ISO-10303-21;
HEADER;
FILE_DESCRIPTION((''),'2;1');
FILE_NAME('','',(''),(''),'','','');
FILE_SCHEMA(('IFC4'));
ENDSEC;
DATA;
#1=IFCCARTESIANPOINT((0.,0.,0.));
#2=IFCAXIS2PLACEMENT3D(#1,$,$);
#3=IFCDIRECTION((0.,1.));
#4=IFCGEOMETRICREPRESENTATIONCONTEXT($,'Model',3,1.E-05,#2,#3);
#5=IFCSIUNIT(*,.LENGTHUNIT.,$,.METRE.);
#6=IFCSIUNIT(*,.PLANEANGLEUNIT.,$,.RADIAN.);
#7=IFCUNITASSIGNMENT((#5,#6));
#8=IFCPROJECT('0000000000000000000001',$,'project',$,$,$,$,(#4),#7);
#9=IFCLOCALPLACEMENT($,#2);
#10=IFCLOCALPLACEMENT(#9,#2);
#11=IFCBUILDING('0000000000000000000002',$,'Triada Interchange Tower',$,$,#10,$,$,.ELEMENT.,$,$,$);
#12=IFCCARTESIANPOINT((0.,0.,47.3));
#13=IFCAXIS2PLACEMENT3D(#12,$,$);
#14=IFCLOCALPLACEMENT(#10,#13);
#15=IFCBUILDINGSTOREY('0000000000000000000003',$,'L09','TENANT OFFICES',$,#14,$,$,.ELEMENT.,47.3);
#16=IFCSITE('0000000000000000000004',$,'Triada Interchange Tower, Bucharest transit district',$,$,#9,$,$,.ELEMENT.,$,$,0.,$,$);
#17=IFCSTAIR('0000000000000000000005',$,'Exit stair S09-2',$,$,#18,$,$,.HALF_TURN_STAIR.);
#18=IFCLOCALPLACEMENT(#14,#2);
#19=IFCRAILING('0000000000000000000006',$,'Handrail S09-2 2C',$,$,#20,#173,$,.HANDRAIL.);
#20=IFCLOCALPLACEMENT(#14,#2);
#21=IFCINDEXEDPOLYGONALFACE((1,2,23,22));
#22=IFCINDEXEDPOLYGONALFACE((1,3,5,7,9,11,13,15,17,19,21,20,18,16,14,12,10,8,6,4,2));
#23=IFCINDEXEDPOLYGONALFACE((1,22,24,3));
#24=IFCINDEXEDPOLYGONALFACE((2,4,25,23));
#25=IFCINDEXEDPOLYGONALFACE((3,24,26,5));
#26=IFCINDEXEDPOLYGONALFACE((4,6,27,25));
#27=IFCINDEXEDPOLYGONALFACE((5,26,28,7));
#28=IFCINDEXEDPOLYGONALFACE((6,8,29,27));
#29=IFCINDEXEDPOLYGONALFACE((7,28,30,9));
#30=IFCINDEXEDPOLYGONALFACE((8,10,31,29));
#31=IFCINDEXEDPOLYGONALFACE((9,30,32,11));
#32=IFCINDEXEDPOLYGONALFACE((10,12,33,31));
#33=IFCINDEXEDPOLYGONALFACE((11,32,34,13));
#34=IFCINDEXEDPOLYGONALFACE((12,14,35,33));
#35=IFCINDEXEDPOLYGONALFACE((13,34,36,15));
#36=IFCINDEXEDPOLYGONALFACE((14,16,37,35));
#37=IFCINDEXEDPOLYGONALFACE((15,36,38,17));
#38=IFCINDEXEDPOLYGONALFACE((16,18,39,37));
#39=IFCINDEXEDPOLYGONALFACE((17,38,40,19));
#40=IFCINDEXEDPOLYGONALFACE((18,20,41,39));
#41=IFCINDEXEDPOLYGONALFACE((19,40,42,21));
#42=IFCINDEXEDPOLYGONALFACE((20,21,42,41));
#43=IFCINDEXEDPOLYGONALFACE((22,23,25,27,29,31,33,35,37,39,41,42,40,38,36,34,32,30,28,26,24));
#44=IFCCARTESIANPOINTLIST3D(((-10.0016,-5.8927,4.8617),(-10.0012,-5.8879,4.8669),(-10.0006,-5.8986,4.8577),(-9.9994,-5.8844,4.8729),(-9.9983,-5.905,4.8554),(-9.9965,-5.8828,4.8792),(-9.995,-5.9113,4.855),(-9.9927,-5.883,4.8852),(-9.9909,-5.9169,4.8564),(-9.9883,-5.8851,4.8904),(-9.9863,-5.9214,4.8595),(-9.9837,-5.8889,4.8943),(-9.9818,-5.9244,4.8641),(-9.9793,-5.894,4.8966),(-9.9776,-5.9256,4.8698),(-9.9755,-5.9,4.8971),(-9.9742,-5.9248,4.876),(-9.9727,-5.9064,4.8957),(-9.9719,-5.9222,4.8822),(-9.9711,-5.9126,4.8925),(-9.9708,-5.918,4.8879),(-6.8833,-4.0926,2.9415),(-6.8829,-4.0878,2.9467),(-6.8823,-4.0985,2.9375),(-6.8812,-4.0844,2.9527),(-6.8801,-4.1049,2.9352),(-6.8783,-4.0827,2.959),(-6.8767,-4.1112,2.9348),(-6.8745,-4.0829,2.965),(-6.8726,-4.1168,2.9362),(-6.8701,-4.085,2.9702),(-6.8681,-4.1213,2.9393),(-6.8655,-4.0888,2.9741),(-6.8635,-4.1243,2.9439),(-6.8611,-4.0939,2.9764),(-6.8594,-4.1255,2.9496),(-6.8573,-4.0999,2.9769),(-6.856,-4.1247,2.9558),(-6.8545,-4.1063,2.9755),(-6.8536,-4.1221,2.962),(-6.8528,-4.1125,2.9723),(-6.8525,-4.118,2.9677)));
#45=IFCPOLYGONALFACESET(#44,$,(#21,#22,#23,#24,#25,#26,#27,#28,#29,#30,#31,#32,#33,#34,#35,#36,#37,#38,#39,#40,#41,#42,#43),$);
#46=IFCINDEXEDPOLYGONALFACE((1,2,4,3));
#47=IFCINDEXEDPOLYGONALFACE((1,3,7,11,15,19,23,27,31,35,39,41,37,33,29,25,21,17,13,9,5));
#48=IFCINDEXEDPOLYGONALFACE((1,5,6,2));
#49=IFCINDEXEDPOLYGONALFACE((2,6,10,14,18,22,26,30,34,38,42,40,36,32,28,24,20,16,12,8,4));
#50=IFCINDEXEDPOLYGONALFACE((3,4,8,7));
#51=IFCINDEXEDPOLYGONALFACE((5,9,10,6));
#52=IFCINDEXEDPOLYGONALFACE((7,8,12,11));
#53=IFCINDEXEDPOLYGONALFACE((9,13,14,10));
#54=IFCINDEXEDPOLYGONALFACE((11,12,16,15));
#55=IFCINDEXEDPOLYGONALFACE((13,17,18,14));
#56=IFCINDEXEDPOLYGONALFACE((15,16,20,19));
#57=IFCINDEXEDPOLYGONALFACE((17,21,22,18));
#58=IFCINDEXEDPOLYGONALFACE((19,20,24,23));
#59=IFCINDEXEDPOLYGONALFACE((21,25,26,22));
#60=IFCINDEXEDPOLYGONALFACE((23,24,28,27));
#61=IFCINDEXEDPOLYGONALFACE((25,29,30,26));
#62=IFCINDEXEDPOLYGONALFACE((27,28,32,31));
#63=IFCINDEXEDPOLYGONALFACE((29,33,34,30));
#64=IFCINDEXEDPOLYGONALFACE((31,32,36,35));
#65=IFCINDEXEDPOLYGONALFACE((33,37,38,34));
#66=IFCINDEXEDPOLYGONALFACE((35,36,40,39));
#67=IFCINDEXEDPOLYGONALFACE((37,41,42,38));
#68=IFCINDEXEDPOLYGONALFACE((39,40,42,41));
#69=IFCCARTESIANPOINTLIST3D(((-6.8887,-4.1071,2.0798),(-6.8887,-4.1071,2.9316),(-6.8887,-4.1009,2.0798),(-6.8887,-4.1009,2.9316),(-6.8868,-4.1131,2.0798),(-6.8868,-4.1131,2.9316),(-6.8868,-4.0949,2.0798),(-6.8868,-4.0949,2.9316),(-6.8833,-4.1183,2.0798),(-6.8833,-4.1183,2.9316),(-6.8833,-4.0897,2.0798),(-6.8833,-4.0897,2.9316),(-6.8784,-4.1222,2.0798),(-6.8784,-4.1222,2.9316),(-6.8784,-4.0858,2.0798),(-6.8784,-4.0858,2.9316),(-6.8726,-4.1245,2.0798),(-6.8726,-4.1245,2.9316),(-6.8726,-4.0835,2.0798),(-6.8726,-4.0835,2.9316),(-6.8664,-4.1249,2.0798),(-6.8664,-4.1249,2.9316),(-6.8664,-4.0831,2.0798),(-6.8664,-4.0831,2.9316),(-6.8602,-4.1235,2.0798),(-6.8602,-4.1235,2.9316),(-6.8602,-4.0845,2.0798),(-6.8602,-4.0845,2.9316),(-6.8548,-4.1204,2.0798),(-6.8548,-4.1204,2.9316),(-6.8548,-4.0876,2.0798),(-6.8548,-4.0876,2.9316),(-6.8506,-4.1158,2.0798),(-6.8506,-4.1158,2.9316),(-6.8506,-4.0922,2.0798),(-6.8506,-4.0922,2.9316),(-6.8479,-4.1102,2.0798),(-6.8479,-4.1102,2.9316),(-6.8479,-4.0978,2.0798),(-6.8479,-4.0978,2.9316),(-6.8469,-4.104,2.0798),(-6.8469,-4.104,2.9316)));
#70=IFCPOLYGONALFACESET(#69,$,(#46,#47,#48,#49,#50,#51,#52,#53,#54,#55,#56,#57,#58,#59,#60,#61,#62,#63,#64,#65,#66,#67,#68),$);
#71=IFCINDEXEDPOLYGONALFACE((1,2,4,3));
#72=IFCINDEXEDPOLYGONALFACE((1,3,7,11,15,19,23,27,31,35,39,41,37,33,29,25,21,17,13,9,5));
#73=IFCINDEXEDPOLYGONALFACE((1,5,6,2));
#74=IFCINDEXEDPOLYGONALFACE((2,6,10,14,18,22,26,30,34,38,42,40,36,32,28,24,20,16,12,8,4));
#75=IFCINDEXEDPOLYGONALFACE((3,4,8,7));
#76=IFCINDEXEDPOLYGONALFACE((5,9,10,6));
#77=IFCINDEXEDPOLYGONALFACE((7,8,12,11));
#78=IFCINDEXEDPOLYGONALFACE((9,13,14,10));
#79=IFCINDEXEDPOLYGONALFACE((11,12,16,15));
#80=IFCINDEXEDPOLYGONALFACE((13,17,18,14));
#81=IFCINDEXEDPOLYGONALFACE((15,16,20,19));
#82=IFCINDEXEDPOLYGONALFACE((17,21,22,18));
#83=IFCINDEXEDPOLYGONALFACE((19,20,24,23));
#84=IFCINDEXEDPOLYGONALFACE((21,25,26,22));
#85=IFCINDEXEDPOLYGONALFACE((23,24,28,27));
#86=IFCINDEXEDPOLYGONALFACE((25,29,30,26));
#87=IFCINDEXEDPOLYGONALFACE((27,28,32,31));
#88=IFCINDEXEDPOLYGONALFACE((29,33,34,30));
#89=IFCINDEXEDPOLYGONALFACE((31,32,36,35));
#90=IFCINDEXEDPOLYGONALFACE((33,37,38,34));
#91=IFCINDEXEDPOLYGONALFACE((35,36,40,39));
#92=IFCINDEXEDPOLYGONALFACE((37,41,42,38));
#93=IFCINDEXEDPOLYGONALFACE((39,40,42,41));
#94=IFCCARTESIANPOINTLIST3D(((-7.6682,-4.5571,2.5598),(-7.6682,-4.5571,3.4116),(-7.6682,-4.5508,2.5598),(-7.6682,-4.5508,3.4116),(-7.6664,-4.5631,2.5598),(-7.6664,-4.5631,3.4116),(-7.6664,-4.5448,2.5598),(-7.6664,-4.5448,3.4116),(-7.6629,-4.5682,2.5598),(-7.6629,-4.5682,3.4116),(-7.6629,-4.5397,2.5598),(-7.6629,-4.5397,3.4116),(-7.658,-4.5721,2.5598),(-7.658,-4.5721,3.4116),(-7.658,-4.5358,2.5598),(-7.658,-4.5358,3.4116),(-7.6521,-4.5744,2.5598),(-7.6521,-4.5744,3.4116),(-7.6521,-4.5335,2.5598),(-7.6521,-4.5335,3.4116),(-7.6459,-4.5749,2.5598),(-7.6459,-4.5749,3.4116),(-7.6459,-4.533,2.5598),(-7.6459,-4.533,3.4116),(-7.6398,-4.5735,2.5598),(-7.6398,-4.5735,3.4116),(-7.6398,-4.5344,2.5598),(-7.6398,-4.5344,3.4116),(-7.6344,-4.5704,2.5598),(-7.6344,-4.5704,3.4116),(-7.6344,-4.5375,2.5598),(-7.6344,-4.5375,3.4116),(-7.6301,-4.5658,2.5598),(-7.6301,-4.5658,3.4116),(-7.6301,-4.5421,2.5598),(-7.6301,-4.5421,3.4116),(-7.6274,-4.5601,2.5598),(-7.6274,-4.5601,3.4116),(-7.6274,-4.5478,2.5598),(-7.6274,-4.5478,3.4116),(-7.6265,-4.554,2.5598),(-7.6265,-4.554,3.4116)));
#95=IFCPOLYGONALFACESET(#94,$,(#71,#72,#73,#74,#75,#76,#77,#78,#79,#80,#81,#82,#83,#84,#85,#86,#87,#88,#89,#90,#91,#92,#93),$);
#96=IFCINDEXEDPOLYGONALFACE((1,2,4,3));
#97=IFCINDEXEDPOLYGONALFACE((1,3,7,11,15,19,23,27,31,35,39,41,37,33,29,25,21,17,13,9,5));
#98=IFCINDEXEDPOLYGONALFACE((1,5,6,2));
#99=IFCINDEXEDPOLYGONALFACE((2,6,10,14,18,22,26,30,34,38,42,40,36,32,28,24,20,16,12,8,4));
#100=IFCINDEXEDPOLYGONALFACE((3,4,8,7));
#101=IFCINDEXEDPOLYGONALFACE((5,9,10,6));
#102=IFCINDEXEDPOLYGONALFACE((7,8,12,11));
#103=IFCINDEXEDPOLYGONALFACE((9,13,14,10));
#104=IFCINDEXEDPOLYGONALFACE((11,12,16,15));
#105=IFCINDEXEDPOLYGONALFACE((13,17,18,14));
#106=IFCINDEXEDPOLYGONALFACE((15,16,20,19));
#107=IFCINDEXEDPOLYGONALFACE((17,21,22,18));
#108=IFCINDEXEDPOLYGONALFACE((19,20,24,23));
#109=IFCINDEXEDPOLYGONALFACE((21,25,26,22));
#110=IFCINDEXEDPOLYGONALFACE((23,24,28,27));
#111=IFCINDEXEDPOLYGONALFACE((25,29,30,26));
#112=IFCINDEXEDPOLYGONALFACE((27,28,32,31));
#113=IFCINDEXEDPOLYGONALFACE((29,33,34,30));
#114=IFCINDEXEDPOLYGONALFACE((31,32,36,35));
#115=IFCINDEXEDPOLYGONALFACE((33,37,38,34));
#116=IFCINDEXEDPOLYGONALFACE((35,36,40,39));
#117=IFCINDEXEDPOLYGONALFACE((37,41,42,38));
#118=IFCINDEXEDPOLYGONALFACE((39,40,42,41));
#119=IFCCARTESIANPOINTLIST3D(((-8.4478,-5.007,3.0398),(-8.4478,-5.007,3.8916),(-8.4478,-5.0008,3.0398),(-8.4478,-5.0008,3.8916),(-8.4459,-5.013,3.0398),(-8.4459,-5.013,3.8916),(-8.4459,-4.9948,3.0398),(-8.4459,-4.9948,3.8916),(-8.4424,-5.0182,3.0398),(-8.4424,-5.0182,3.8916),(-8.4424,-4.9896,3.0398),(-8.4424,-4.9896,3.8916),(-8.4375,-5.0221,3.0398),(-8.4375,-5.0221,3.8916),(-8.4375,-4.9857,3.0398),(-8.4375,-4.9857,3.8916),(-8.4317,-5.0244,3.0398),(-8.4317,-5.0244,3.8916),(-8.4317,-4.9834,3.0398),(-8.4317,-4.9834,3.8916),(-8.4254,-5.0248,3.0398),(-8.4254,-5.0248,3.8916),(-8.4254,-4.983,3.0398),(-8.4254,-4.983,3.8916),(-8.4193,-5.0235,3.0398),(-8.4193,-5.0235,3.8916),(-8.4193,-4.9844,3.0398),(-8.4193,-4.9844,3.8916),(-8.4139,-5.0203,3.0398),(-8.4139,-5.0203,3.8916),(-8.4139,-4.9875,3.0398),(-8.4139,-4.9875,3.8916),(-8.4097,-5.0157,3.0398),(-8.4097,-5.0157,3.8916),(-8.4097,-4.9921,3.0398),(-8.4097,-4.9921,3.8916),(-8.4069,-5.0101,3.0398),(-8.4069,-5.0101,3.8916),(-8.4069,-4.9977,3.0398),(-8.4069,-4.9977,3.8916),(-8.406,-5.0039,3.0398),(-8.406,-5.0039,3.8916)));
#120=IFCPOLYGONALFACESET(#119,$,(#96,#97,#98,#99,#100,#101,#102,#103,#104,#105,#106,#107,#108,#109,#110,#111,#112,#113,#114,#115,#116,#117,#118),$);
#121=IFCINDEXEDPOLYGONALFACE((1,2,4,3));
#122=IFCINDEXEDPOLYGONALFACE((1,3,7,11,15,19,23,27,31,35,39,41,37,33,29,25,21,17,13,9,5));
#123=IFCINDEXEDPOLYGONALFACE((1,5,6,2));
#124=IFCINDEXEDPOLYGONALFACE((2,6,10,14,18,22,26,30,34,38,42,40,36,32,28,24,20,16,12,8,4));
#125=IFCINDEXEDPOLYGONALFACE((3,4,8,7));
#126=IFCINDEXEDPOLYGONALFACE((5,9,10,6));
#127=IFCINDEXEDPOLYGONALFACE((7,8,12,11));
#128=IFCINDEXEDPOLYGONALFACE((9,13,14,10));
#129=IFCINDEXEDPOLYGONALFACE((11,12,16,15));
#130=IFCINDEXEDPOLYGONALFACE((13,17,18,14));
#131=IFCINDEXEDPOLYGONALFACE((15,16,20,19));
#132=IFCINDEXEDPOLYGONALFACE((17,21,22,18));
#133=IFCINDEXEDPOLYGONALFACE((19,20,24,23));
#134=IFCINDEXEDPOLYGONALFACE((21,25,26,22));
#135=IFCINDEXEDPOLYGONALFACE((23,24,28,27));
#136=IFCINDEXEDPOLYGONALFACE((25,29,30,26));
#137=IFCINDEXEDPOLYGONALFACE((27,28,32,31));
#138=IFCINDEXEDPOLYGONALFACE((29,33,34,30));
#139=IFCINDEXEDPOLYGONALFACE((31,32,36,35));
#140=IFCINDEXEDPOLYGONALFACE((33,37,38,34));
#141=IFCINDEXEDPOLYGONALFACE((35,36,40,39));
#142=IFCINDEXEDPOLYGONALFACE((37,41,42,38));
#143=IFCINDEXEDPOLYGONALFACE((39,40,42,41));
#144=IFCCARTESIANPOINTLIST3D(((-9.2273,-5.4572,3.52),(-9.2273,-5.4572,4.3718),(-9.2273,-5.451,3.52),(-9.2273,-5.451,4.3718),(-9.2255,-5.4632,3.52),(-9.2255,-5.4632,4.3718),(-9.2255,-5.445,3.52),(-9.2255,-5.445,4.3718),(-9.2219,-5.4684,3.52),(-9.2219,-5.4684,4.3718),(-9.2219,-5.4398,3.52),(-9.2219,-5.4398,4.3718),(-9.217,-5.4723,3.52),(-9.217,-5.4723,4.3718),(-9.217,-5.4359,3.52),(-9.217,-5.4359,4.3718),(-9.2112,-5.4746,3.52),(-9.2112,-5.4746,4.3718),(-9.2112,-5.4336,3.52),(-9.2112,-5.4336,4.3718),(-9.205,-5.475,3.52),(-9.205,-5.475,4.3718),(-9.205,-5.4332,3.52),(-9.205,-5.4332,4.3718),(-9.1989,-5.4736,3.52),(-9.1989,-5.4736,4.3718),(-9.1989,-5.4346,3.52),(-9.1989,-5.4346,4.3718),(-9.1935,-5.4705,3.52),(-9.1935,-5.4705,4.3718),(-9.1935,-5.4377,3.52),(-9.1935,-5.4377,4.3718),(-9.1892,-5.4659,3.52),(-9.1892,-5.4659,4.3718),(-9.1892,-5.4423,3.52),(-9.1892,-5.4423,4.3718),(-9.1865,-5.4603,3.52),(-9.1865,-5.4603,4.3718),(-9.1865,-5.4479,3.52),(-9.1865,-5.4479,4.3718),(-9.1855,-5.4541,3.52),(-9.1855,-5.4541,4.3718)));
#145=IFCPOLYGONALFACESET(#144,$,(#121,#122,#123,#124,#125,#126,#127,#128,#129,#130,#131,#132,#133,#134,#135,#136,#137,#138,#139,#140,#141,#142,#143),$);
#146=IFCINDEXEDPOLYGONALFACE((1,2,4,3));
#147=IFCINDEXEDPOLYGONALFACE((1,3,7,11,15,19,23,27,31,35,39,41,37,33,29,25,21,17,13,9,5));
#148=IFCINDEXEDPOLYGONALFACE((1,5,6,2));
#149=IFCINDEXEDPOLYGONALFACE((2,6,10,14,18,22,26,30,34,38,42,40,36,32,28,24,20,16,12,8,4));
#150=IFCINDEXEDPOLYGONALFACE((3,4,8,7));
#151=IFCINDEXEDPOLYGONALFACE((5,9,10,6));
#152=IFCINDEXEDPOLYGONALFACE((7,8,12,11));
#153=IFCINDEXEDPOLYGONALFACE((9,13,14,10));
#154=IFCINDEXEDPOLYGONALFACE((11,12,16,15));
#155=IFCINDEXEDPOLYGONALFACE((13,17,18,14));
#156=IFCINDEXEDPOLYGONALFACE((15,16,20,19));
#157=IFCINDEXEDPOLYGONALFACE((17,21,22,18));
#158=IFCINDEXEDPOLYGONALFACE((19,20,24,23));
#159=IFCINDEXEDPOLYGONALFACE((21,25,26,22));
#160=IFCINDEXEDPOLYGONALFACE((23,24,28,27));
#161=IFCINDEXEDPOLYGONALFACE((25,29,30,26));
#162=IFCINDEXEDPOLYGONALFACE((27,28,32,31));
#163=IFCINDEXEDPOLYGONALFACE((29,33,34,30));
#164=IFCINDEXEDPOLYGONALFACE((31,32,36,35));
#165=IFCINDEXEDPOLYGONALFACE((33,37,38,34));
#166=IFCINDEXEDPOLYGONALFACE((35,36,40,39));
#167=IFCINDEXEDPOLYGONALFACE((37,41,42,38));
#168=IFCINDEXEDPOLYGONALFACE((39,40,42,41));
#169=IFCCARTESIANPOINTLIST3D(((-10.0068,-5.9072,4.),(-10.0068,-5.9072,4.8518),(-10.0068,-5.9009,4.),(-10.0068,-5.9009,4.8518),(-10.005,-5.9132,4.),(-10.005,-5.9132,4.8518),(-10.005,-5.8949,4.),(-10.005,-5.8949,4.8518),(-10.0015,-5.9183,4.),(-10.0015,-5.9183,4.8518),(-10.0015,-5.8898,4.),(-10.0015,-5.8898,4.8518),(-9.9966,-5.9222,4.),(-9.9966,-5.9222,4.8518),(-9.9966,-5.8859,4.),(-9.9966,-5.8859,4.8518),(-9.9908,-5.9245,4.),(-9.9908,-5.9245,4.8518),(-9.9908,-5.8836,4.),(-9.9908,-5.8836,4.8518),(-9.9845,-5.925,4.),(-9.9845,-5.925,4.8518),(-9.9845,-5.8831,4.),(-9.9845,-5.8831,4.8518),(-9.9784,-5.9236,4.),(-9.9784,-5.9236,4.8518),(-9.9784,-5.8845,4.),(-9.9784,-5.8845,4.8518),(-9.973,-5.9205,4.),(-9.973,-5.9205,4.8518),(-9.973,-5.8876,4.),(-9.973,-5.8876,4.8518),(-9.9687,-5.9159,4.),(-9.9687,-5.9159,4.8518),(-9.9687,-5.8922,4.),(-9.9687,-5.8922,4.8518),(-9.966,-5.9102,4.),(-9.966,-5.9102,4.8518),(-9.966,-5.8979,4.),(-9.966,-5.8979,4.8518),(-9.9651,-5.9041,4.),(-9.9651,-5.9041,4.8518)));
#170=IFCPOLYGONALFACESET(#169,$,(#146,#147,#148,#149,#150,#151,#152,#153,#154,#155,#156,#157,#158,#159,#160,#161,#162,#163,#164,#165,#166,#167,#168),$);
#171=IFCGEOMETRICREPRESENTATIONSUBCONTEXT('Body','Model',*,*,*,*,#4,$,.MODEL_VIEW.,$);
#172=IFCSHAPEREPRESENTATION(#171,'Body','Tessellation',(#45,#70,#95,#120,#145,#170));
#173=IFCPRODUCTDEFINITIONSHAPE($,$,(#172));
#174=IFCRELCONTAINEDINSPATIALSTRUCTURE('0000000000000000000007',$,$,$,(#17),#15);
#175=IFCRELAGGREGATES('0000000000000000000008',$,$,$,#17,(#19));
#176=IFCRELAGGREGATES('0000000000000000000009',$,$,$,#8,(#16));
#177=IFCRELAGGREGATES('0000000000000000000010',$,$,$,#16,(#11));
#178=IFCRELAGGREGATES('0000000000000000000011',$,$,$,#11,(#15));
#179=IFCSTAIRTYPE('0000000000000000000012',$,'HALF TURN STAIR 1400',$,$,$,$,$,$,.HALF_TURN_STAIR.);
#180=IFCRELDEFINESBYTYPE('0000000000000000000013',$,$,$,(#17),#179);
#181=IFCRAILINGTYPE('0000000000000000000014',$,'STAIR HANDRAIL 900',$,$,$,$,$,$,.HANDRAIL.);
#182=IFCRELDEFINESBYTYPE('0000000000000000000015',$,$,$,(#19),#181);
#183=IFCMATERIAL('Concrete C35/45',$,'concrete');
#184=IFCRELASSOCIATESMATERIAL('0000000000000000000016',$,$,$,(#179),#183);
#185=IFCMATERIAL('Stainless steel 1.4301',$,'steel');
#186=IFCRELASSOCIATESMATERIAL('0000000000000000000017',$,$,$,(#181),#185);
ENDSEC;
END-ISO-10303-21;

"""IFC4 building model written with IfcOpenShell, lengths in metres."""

from ifc_helpers import new_model, si_unit, direction, frame, origin, origin_2d, place, context, subcontext, project, spatial, circle, extrude, material, type_object, element, aggregate, save


model = new_model("IFC4")

# Units and contexts
model_context = context("Model", 3, precision=1e-05, world=origin(), true_north=direction((0.0, 1.0)))
body_context = subcontext(model_context, "Body", "Model", "MODEL_VIEW")
ifc_project = project(units=[si_unit("LENGTHUNIT", "METRE"), si_unit("PLANEANGLEUNIT", "RADIAN")], contexts=[model_context])

# Site, building, storey
site_placement = place(None, origin())
site = spatial("IfcSite", under=ifc_project, at=site_placement, Name="Triada Interchange Tower, Bucharest transit district", CompositionType="ELEMENT", RefElevation=0.0)
building_placement = place(site_placement, origin())
building = spatial("IfcBuilding", under=site, at=building_placement, Name="Triada Interchange Tower", CompositionType="ELEMENT")
storey_placement = place(building_placement, frame((0.0, 0.0, 47.3)))
storey = spatial("IfcBuildingStorey", under=building, at=storey_placement, Name="L09", Description="TENANT OFFICES", CompositionType="ELEMENT", Elevation=47.3)

# Stair, railing
ifc_material_1 = material(Name="Concrete C35/45", Category="concrete")
stair_type = type_object("IfcStairType", Name="HALF TURN STAIR 1400", PredefinedType="HALF_TURN_STAIR", material=ifc_material_1)
stair_placement = place(storey_placement, origin())
stair = element("IfcStair", 1, at=stair_placement, inside=storey, type_object=stair_type, Name="Exit stair S09-2", PredefinedType="HALF_TURN_STAIR")
ifc_material_2 = material(Name="Stainless steel 1.4301", Category="steel")
railing_type = type_object("IfcRailingType", Name="STAIR HANDRAIL 900", PredefinedType="HANDRAIL", material=ifc_material_2)
railing_1_placement = place(storey_placement, frame((-6.8679, -4.104, 2.0798)))
railing_1 = element("IfcRailing", 2, at=railing_1_placement, type_object=railing_type, Name="Handrail S09-2 2C", PredefinedType="HANDRAIL", context=body_context, shape_type="SweptSolid", body=[
    extrude(circle(Radius=0.0239, at=origin_2d()), frame((0.0, 0.0, 0.876), z_axis=(-0.76417, -0.441139, 0.470576), x_axis=(0.499953, -0.866052, 0.0)), (0.0, 0.0, 1.0), 4.0806),
    extrude(circle(Radius=0.021, at=origin_2d()), origin(), (0.0, 0.0, 1.0), 0.8518),
    extrude(circle(Radius=0.021, at=origin_2d()), frame((-0.7795, -0.45, 0.48)), (0.0, 0.0, 1.0), 0.8518),
    extrude(circle(Radius=0.021, at=origin_2d()), frame((-1.5591, -0.8999, 0.96)), (0.0, 0.0, 1.0), 0.8518),
    extrude(circle(Radius=0.021, at=origin_2d()), frame((-2.3386, -1.3501, 1.4402)), (0.0, 0.0, 1.0), 0.8518),
    extrude(circle(Radius=0.021, at=origin_2d()), frame((-3.1182, -1.8, 1.9202)), (0.0, 0.0, 1.0), 0.8518),
])
aggregate(stair, [railing_1])

save(model, "model.ifc")
